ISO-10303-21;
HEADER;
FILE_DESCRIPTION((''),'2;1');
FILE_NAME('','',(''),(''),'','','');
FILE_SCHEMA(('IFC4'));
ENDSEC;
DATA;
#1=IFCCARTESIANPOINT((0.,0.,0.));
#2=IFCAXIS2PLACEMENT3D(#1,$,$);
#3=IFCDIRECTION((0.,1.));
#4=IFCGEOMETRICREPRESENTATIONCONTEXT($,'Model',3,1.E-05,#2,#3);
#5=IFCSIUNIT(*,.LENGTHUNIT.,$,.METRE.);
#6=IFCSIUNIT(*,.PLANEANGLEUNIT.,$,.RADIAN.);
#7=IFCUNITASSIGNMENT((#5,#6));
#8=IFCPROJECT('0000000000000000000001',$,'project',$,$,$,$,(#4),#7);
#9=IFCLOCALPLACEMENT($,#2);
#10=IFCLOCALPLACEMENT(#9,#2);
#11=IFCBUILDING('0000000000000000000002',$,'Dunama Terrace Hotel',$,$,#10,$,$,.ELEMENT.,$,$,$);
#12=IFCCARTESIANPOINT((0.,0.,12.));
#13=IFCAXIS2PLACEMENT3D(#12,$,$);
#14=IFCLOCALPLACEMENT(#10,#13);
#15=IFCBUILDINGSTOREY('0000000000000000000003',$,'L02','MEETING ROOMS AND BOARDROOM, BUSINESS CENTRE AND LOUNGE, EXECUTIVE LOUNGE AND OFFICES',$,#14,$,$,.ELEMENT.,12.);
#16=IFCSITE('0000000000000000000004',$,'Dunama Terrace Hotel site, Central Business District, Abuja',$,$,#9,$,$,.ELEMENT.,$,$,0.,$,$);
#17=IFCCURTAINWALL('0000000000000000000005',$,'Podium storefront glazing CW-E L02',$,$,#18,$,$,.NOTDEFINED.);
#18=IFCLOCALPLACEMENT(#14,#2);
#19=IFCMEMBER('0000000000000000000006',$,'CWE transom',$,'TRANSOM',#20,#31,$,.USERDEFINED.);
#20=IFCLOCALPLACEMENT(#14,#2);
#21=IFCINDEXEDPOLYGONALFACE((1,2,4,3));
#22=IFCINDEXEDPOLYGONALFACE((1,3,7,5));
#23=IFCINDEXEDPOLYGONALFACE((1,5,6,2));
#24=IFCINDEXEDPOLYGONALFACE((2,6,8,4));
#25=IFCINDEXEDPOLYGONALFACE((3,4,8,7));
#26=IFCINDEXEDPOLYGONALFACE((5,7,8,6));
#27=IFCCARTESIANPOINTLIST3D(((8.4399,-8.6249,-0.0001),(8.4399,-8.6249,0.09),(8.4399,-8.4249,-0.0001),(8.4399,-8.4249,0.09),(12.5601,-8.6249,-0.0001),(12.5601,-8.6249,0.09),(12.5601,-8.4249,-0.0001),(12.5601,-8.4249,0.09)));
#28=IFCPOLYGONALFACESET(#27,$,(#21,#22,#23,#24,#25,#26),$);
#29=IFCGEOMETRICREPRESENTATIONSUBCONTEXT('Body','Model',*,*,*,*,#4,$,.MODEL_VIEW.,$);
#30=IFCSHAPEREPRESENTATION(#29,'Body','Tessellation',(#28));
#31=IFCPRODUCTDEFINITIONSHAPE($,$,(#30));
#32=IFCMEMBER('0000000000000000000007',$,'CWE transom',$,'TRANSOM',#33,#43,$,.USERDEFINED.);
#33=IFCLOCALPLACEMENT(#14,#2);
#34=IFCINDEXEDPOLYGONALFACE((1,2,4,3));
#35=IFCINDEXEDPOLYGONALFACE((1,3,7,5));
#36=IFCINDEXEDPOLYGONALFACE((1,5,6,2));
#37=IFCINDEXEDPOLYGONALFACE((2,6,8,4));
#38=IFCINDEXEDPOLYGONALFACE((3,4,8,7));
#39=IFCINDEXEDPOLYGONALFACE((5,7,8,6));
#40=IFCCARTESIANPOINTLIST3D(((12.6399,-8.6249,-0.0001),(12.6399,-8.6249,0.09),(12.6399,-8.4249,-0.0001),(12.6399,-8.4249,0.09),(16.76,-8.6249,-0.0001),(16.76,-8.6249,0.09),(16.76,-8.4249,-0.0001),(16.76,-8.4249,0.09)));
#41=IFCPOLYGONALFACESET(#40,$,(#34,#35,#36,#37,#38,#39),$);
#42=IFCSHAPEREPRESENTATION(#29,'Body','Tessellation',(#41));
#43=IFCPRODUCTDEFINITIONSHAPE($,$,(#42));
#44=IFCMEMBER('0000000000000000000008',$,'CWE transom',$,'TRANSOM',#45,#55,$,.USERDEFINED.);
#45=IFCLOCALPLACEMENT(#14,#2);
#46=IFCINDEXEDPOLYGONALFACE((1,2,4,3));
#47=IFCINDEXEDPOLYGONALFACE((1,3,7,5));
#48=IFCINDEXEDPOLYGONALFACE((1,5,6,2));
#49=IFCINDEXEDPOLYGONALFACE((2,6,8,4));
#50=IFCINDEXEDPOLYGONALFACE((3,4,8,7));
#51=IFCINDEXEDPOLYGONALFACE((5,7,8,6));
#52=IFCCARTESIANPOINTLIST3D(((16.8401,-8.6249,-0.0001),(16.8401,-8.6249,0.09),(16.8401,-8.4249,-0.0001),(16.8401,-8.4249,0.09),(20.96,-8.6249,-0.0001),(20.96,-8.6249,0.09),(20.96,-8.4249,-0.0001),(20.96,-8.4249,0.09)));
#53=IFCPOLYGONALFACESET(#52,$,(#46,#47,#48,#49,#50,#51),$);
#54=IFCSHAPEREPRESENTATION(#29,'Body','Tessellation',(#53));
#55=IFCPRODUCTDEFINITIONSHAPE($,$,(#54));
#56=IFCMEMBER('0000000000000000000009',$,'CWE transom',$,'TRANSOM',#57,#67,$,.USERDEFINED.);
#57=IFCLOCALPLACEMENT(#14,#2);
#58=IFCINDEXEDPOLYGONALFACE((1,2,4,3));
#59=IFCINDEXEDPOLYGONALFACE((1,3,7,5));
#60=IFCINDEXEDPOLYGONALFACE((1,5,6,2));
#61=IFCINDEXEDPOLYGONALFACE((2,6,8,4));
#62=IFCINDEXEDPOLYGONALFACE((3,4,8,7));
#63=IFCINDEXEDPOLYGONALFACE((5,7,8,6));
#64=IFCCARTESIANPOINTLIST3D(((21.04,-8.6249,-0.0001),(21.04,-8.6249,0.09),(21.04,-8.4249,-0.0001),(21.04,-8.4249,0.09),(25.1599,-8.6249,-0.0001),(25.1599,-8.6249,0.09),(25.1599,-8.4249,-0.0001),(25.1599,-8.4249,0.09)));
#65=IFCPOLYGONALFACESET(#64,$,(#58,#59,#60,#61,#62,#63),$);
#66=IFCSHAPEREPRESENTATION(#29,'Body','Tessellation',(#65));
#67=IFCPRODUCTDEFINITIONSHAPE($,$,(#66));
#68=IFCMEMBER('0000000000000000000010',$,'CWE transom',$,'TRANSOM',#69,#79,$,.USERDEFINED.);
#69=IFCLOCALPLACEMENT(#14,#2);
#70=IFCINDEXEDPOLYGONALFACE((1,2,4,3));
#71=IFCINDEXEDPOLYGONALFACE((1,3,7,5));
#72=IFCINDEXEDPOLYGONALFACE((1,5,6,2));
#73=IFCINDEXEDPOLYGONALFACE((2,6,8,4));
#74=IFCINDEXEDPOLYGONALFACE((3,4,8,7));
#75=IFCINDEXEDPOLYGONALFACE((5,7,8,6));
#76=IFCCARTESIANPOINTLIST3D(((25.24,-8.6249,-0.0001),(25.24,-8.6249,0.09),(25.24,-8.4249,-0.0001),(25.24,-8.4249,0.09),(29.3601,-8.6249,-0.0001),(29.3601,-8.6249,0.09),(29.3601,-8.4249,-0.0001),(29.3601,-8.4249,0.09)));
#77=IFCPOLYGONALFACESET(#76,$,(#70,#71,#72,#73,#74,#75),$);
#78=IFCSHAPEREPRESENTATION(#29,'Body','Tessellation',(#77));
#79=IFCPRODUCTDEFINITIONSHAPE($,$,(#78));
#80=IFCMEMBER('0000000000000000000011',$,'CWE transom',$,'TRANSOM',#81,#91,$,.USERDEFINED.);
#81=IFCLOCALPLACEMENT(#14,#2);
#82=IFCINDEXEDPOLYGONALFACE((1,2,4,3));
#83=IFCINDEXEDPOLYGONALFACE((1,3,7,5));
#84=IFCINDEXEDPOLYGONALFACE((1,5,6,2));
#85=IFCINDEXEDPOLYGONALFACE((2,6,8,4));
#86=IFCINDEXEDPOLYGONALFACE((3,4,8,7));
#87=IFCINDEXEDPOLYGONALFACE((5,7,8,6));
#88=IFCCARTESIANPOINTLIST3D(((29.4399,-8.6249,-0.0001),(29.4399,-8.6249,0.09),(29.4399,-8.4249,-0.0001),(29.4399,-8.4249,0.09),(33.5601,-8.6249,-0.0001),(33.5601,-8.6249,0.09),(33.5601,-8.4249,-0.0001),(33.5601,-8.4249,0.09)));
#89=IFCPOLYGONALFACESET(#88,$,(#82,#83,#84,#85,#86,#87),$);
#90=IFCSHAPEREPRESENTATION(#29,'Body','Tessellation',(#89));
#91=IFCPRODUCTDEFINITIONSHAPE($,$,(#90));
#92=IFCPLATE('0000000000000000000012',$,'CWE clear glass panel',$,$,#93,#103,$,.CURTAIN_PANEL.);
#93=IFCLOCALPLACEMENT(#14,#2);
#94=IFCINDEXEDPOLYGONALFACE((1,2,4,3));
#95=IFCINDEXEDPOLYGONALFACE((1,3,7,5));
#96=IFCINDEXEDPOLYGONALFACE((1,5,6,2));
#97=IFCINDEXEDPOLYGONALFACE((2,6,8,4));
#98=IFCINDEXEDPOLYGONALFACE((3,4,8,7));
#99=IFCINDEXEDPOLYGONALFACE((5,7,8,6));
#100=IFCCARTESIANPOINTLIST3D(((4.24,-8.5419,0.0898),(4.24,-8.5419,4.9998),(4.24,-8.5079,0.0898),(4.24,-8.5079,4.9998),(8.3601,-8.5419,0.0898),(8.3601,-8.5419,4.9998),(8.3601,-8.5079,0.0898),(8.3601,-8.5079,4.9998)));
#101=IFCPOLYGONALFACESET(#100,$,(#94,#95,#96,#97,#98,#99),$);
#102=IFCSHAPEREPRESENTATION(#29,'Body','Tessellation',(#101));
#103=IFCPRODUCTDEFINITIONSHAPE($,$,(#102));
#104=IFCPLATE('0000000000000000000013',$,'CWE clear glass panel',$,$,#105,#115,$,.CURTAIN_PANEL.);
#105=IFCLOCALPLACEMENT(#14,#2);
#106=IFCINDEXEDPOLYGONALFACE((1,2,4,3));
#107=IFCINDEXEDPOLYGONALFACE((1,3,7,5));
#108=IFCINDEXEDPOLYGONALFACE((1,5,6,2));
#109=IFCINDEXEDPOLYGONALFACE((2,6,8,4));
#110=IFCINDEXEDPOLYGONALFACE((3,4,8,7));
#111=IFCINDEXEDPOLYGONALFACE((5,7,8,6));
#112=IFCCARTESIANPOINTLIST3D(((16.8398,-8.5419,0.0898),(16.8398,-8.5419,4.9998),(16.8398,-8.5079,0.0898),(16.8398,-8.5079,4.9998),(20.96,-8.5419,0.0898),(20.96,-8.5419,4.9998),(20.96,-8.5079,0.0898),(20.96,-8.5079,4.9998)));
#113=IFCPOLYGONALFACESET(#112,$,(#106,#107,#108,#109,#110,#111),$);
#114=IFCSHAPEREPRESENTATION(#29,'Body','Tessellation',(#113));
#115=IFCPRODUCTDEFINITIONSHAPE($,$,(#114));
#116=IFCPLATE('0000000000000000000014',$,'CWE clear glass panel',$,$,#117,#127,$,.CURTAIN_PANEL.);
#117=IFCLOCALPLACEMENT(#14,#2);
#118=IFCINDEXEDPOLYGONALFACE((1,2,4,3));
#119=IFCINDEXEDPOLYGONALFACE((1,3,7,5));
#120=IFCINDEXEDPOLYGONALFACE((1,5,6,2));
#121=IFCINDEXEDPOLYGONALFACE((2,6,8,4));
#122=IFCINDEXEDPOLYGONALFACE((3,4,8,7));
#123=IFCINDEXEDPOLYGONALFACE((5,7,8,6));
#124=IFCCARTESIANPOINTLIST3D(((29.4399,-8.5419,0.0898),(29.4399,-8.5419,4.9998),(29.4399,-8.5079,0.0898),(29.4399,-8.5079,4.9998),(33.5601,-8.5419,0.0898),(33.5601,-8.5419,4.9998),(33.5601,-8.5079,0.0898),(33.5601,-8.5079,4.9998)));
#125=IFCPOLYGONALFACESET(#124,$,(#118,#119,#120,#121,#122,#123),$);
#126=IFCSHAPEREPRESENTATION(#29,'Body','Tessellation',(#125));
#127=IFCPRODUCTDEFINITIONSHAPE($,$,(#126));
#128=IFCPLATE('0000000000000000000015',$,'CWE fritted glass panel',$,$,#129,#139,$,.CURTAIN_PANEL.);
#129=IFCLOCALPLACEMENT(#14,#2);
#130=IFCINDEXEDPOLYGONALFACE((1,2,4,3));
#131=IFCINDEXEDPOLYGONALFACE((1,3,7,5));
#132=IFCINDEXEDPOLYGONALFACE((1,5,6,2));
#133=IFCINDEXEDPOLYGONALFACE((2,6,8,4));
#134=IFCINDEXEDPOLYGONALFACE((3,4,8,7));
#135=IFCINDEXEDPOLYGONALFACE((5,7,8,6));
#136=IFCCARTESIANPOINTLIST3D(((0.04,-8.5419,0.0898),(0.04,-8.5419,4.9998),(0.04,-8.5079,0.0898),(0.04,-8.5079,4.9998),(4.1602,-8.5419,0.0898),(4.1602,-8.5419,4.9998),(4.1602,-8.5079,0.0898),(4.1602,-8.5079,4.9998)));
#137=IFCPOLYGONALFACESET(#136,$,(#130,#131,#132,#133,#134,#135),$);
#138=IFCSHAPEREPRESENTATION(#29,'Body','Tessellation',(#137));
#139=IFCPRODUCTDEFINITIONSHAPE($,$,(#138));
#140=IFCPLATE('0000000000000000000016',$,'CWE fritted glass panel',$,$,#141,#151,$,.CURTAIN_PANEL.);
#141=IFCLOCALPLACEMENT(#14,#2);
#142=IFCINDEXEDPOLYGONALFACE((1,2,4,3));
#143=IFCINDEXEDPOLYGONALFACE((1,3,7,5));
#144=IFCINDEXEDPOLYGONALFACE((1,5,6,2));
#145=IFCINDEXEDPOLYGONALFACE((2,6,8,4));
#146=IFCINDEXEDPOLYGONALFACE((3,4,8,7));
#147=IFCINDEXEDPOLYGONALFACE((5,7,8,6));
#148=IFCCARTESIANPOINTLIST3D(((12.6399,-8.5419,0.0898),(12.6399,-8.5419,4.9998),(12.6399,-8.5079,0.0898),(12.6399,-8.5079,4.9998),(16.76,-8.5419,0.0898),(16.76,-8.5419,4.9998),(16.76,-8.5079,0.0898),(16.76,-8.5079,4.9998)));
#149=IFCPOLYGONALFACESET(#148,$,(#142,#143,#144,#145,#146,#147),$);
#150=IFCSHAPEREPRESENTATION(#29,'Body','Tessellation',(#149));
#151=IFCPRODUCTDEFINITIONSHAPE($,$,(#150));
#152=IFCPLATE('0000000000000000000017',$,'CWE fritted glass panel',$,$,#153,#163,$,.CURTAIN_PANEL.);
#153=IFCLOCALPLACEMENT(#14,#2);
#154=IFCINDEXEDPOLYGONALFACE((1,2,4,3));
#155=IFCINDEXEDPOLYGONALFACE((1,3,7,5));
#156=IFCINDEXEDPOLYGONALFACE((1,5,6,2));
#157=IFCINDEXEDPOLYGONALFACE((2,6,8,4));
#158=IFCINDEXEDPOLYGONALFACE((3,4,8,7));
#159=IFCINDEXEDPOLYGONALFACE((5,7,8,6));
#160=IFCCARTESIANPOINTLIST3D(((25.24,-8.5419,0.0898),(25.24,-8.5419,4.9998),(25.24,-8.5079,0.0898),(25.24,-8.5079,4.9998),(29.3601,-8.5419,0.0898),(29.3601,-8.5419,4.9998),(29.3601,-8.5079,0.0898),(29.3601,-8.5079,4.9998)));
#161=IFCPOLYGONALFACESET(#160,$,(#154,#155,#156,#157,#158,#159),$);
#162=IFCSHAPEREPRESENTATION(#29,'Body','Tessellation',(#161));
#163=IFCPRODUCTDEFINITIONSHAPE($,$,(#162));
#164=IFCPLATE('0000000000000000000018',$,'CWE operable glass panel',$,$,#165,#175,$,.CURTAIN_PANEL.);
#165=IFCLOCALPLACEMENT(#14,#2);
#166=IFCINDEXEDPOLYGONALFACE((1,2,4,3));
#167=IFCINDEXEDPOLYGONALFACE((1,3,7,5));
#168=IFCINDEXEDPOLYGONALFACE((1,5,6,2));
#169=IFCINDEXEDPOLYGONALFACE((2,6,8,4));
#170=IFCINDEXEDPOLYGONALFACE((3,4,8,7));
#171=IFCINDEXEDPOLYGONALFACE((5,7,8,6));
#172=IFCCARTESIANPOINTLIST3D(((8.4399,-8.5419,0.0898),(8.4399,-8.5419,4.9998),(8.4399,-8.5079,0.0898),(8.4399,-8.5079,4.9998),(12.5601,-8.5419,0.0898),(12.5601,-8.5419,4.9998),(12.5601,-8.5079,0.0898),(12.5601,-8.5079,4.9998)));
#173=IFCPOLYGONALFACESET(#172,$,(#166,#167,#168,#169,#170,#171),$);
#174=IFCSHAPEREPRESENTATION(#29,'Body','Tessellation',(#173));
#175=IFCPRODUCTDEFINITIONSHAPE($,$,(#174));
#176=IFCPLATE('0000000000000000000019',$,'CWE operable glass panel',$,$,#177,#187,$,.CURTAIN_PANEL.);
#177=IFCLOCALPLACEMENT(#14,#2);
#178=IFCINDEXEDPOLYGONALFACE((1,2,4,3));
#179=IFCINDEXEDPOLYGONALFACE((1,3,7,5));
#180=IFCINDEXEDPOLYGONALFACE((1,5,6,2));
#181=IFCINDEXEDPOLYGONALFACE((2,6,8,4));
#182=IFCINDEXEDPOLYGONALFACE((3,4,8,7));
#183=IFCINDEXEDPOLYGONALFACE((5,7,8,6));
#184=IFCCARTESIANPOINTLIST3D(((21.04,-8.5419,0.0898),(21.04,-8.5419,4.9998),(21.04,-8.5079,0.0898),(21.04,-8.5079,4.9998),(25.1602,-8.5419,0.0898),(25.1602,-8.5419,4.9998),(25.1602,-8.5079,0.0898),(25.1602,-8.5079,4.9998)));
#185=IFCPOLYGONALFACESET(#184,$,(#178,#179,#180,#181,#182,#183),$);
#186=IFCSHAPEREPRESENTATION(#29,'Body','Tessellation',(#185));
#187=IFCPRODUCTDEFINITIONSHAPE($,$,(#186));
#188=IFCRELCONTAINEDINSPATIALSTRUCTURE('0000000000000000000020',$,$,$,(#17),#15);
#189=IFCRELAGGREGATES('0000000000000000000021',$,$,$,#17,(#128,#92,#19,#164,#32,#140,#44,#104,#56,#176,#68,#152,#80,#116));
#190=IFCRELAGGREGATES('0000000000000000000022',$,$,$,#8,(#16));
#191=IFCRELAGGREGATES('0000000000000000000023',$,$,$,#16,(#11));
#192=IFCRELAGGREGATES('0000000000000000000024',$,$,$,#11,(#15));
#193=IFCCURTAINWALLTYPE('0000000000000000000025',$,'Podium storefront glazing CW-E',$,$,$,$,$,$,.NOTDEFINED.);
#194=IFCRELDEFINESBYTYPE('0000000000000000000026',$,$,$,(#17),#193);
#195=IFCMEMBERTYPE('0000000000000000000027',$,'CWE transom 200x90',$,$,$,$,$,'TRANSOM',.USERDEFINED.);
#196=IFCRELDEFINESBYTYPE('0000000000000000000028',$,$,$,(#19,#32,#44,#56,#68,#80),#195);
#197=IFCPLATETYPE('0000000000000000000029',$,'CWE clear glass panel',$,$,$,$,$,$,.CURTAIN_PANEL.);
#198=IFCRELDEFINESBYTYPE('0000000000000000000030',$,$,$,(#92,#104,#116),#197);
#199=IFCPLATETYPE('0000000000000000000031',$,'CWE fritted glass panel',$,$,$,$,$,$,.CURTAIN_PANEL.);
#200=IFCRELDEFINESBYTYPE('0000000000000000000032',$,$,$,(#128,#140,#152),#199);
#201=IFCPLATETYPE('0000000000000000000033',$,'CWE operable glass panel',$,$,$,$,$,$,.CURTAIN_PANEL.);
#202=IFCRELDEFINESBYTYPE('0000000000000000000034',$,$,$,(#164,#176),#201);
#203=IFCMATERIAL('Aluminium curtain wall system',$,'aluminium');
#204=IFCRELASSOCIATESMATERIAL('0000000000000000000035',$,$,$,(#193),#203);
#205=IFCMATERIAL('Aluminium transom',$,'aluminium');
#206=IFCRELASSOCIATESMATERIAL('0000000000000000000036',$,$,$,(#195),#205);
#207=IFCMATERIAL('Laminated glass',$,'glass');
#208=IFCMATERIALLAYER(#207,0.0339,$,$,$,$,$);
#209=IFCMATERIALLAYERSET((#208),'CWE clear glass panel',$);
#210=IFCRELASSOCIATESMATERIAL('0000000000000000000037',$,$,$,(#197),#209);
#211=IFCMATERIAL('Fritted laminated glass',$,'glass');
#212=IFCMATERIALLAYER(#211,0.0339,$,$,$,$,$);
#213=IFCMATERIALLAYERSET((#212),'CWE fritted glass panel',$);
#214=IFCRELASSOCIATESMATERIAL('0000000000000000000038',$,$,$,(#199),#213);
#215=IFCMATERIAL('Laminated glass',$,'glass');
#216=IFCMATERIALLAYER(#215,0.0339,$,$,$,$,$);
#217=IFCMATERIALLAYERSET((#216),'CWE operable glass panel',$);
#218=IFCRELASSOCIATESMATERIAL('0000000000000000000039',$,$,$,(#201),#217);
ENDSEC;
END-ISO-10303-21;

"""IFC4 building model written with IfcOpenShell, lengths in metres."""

from ifc_helpers import new_model, si_unit, direction, frame, origin, origin_2d, place, context, subcontext, project, spatial, rectangle, extrude, material, layer, layer_set, material_profile, profile_set, type_object, element, aggregate, save


model = new_model("IFC4")

# Units and contexts
model_context = context("Model", 3, precision=1e-05, world=origin(), true_north=direction((0.0, 1.0)))
body_context = subcontext(model_context, "Body", "Model", "MODEL_VIEW")
ifc_project = project(units=[si_unit("LENGTHUNIT", "METRE"), si_unit("PLANEANGLEUNIT", "RADIAN")], contexts=[model_context])

# Site, building, storey
site_placement = place(None, origin())
site = spatial("IfcSite", under=ifc_project, at=site_placement, Name="Dunama Terrace Hotel site, Central Business District, Abuja", CompositionType="ELEMENT", RefElevation=0.0)
building_placement = place(site_placement, origin())
building = spatial("IfcBuilding", under=site, at=building_placement, Name="Dunama Terrace Hotel", CompositionType="ELEMENT")
storey_placement = place(building_placement, frame((0.0, 0.0, 12.0)))
storey = spatial("IfcBuildingStorey", under=building, at=storey_placement, Name="L02", Description="MEETING ROOMS AND BOARDROOM, BUSINESS CENTRE AND LOUNGE, EXECUTIVE LOUNGE AND OFFICES", CompositionType="ELEMENT", Elevation=12.0)

# Curtain wall, members, plates
ifc_material_1 = material(Name="Aluminium curtain wall system", Category="aluminium")
curtain_wall_type = type_object("IfcCurtainWallType", Name="Podium storefront glazing CW-E", PredefinedType="NOTDEFINED", material=ifc_material_1)
curtain_wall_placement = place(storey_placement, origin())
curtain_wall = element("IfcCurtainWall", 1, at=curtain_wall_placement, inside=storey, type_object=curtain_wall_type, Name="Podium storefront glazing CW-E L02", PredefinedType="NOTDEFINED")
ifc_material_2 = material(Name="Aluminium transom", Category="aluminium")
ifc_material_profile_1 = material_profile(ifc_material_2, rectangle(XDim=0.2, YDim=0.0901, at=origin_2d()), Name="CWE TRANSOM 200X90")
ifc_profile_set_1 = profile_set([ifc_material_profile_1], Name="Aluminium transom")
member_type_1 = type_object("IfcMemberType", Name="CWE transom 200x90", ElementType="TRANSOM", PredefinedType="USERDEFINED", material=ifc_profile_set_1)
member_1_placement = place(storey_placement, frame((8.4399, -8.5249, 0.0449), z_axis=(1.0, 0.0, 0.0), x_axis=(0.0, 1.0, 0.0)))
member_1 = element("IfcMember", 2, at=member_1_placement, type_object=member_type_1, Name="CWE transom", ObjectType="TRANSOM", PredefinedType="USERDEFINED", context=body_context, shape_type="SweptSolid", body=[
    extrude(rectangle(XDim=0.2, YDim=0.0901, at=origin_2d()), origin(), (0.0, 0.0, 1.0), 4.1201),
])
member_2_placement = place(storey_placement, frame((12.6399, -8.5249, 0.0449), z_axis=(1.0, 0.0, 0.0), x_axis=(0.0, 1.0, 0.0)))
member_2 = element("IfcMember", 3, at=member_2_placement, type_object=member_type_1, Name="CWE transom", ObjectType="TRANSOM", PredefinedType="USERDEFINED", context=body_context, shape_type="SweptSolid", body=[
    extrude(rectangle(XDim=0.2, YDim=0.0901, at=origin_2d()), origin(), (0.0, 0.0, 1.0), 4.1201),
])
member_3_placement = place(storey_placement, frame((16.8401, -8.5249, 0.0449), z_axis=(1.0, 0.0, 0.0), x_axis=(0.0, 1.0, 0.0)))
member_3 = element("IfcMember", 4, at=member_3_placement, type_object=member_type_1, Name="CWE transom", ObjectType="TRANSOM", PredefinedType="USERDEFINED", context=body_context, shape_type="SweptSolid", body=[
    extrude(rectangle(XDim=0.2, YDim=0.0901, at=origin_2d()), origin(), (0.0, 0.0, 1.0), 4.1199),
])
member_4_placement = place(storey_placement, frame((21.04, -8.5249, 0.0449), z_axis=(1.0, 0.0, 0.0), x_axis=(0.0, 1.0, 0.0)))
member_4 = element("IfcMember", 5, at=member_4_placement, type_object=member_type_1, Name="CWE transom", ObjectType="TRANSOM", PredefinedType="USERDEFINED", context=body_context, shape_type="SweptSolid", body=[
    extrude(rectangle(XDim=0.2, YDim=0.0901, at=origin_2d()), origin(), (0.0, 0.0, 1.0), 4.1199),
])
member_5_placement = place(storey_placement, frame((25.24, -8.5249, 0.0449), z_axis=(1.0, 0.0, 0.0), x_axis=(0.0, 1.0, 0.0)))
member_5 = element("IfcMember", 6, at=member_5_placement, type_object=member_type_1, Name="CWE transom", ObjectType="TRANSOM", PredefinedType="USERDEFINED", context=body_context, shape_type="SweptSolid", body=[
    extrude(rectangle(XDim=0.2, YDim=0.0901, at=origin_2d()), origin(), (0.0, 0.0, 1.0), 4.1201),
])
member_6_placement = place(storey_placement, frame((29.4399, -8.5249, 0.0449), z_axis=(1.0, 0.0, 0.0), x_axis=(0.0, 1.0, 0.0)))
member_6 = element("IfcMember", 7, at=member_6_placement, type_object=member_type_1, Name="CWE transom", ObjectType="TRANSOM", PredefinedType="USERDEFINED", context=body_context, shape_type="SweptSolid", body=[
    extrude(rectangle(XDim=0.2, YDim=0.0901, at=origin_2d()), origin(), (0.0, 0.0, 1.0), 4.1201),
])
ifc_material_3 = material(Name="Laminated glass", Category="glass")
ifc_layer_1 = layer(ifc_material_3, 0.0339)
ifc_layer_set_1 = layer_set([ifc_layer_1], Name="CWE clear glass panel")
plate_type_1 = type_object("IfcPlateType", Name="CWE clear glass panel", PredefinedType="CURTAIN_PANEL", material=ifc_layer_set_1)
plate_1_placement = place(storey_placement, frame((6.3, -8.5249, 0.0898), z_axis=(0.0, 0.0, 1.0), x_axis=(1.0, 0.0, 0.0)))
plate_1 = element("IfcPlate", 8, at=plate_1_placement, type_object=plate_type_1, Name="CWE clear glass panel", PredefinedType="CURTAIN_PANEL", context=body_context, shape_type="SweptSolid", body=[
    extrude(rectangle(XDim=4.1201, YDim=0.0339, at=origin_2d()), origin(), (0.0, 0.0, 1.0), 4.9099),
])
plate_2_placement = place(storey_placement, frame((18.8999, -8.5249, 0.0898), z_axis=(0.0, 0.0, 1.0), x_axis=(1.0, 0.0, 0.0)))
plate_2 = element("IfcPlate", 9, at=plate_2_placement, type_object=plate_type_1, Name="CWE clear glass panel", PredefinedType="CURTAIN_PANEL", context=body_context, shape_type="SweptSolid", body=[
    extrude(rectangle(XDim=4.1201, YDim=0.0339, at=origin_2d()), origin(), (0.0, 0.0, 1.0), 4.9099),
])
plate_3_placement = place(storey_placement, frame((31.5, -8.5249, 0.0898), z_axis=(0.0, 0.0, 1.0), x_axis=(1.0, 0.0, 0.0)))
plate_3 = element("IfcPlate", 10, at=plate_3_placement, type_object=plate_type_1, Name="CWE clear glass panel", PredefinedType="CURTAIN_PANEL", context=body_context, shape_type="SweptSolid", body=[
    extrude(rectangle(XDim=4.1201, YDim=0.0339, at=origin_2d()), origin(), (0.0, 0.0, 1.0), 4.9099),
])
ifc_material_4 = material(Name="Fritted laminated glass", Category="glass")
ifc_layer_2 = layer(ifc_material_4, 0.0339)
ifc_layer_set_2 = layer_set([ifc_layer_2], Name="CWE fritted glass panel")
plate_type_2 = type_object("IfcPlateType", Name="CWE fritted glass panel", PredefinedType="CURTAIN_PANEL", material=ifc_layer_set_2)
plate_4_placement = place(storey_placement, frame((2.1001, -8.5249, 0.0898), z_axis=(0.0, 0.0, 1.0), x_axis=(1.0, 0.0, 0.0)))
plate_4 = element("IfcPlate", 11, at=plate_4_placement, type_object=plate_type_2, Name="CWE fritted glass panel", PredefinedType="CURTAIN_PANEL", context=body_context, shape_type="SweptSolid", body=[
    extrude(rectangle(XDim=4.1201, YDim=0.0339, at=origin_2d()), origin(), (0.0, 0.0, 1.0), 4.9099),
])
plate_5_placement = place(storey_placement, frame((14.7, -8.5249, 0.0898), z_axis=(0.0, 0.0, 1.0), x_axis=(1.0, 0.0, 0.0)))
plate_5 = element("IfcPlate", 12, at=plate_5_placement, type_object=plate_type_2, Name="CWE fritted glass panel", PredefinedType="CURTAIN_PANEL", context=body_context, shape_type="SweptSolid", body=[
    extrude(rectangle(XDim=4.1201, YDim=0.0339, at=origin_2d()), origin(), (0.0, 0.0, 1.0), 4.9099),
])
plate_6_placement = place(storey_placement, frame((27.3, -8.5249, 0.0898), z_axis=(0.0, 0.0, 1.0), x_axis=(1.0, 0.0, 0.0)))
plate_6 = element("IfcPlate", 13, at=plate_6_placement, type_object=plate_type_2, Name="CWE fritted glass panel", PredefinedType="CURTAIN_PANEL", context=body_context, shape_type="SweptSolid", body=[
    extrude(rectangle(XDim=4.1201, YDim=0.0339, at=origin_2d()), origin(), (0.0, 0.0, 1.0), 4.9099),
])
ifc_material_5 = material(Name="Laminated glass", Category="glass")
ifc_layer_3 = layer(ifc_material_5, 0.0339)
ifc_layer_set_3 = layer_set([ifc_layer_3], Name="CWE operable glass panel")
plate_type_3 = type_object("IfcPlateType", Name="CWE operable glass panel", PredefinedType="CURTAIN_PANEL", material=ifc_layer_set_3)
plate_7_placement = place(storey_placement, frame((10.5, -8.5249, 0.0898), z_axis=(0.0, 0.0, 1.0), x_axis=(1.0, 0.0, 0.0)))
plate_7 = element("IfcPlate", 14, at=plate_7_placement, type_object=plate_type_3, Name="CWE operable glass panel", PredefinedType="CURTAIN_PANEL", context=body_context, shape_type="SweptSolid", body=[
    extrude(rectangle(XDim=4.1201, YDim=0.0339, at=origin_2d()), origin(), (0.0, 0.0, 1.0), 4.9099),
])
plate_8_placement = place(storey_placement, frame((23.1001, -8.5249, 0.0898), z_axis=(0.0, 0.0, 1.0), x_axis=(1.0, 0.0, 0.0)))
plate_8 = element("IfcPlate", 15, at=plate_8_placement, type_object=plate_type_3, Name="CWE operable glass panel", PredefinedType="CURTAIN_PANEL", context=body_context, shape_type="SweptSolid", body=[
    extrude(rectangle(XDim=4.1201, YDim=0.0339, at=origin_2d()), origin(), (0.0, 0.0, 1.0), 4.9099),
])
aggregate(curtain_wall, [plate_4, plate_1, member_1, plate_7, member_2, plate_5, member_3, plate_2, member_4, plate_8, member_5, plate_6, member_6, plate_3])

save(model, "model.ifc")
